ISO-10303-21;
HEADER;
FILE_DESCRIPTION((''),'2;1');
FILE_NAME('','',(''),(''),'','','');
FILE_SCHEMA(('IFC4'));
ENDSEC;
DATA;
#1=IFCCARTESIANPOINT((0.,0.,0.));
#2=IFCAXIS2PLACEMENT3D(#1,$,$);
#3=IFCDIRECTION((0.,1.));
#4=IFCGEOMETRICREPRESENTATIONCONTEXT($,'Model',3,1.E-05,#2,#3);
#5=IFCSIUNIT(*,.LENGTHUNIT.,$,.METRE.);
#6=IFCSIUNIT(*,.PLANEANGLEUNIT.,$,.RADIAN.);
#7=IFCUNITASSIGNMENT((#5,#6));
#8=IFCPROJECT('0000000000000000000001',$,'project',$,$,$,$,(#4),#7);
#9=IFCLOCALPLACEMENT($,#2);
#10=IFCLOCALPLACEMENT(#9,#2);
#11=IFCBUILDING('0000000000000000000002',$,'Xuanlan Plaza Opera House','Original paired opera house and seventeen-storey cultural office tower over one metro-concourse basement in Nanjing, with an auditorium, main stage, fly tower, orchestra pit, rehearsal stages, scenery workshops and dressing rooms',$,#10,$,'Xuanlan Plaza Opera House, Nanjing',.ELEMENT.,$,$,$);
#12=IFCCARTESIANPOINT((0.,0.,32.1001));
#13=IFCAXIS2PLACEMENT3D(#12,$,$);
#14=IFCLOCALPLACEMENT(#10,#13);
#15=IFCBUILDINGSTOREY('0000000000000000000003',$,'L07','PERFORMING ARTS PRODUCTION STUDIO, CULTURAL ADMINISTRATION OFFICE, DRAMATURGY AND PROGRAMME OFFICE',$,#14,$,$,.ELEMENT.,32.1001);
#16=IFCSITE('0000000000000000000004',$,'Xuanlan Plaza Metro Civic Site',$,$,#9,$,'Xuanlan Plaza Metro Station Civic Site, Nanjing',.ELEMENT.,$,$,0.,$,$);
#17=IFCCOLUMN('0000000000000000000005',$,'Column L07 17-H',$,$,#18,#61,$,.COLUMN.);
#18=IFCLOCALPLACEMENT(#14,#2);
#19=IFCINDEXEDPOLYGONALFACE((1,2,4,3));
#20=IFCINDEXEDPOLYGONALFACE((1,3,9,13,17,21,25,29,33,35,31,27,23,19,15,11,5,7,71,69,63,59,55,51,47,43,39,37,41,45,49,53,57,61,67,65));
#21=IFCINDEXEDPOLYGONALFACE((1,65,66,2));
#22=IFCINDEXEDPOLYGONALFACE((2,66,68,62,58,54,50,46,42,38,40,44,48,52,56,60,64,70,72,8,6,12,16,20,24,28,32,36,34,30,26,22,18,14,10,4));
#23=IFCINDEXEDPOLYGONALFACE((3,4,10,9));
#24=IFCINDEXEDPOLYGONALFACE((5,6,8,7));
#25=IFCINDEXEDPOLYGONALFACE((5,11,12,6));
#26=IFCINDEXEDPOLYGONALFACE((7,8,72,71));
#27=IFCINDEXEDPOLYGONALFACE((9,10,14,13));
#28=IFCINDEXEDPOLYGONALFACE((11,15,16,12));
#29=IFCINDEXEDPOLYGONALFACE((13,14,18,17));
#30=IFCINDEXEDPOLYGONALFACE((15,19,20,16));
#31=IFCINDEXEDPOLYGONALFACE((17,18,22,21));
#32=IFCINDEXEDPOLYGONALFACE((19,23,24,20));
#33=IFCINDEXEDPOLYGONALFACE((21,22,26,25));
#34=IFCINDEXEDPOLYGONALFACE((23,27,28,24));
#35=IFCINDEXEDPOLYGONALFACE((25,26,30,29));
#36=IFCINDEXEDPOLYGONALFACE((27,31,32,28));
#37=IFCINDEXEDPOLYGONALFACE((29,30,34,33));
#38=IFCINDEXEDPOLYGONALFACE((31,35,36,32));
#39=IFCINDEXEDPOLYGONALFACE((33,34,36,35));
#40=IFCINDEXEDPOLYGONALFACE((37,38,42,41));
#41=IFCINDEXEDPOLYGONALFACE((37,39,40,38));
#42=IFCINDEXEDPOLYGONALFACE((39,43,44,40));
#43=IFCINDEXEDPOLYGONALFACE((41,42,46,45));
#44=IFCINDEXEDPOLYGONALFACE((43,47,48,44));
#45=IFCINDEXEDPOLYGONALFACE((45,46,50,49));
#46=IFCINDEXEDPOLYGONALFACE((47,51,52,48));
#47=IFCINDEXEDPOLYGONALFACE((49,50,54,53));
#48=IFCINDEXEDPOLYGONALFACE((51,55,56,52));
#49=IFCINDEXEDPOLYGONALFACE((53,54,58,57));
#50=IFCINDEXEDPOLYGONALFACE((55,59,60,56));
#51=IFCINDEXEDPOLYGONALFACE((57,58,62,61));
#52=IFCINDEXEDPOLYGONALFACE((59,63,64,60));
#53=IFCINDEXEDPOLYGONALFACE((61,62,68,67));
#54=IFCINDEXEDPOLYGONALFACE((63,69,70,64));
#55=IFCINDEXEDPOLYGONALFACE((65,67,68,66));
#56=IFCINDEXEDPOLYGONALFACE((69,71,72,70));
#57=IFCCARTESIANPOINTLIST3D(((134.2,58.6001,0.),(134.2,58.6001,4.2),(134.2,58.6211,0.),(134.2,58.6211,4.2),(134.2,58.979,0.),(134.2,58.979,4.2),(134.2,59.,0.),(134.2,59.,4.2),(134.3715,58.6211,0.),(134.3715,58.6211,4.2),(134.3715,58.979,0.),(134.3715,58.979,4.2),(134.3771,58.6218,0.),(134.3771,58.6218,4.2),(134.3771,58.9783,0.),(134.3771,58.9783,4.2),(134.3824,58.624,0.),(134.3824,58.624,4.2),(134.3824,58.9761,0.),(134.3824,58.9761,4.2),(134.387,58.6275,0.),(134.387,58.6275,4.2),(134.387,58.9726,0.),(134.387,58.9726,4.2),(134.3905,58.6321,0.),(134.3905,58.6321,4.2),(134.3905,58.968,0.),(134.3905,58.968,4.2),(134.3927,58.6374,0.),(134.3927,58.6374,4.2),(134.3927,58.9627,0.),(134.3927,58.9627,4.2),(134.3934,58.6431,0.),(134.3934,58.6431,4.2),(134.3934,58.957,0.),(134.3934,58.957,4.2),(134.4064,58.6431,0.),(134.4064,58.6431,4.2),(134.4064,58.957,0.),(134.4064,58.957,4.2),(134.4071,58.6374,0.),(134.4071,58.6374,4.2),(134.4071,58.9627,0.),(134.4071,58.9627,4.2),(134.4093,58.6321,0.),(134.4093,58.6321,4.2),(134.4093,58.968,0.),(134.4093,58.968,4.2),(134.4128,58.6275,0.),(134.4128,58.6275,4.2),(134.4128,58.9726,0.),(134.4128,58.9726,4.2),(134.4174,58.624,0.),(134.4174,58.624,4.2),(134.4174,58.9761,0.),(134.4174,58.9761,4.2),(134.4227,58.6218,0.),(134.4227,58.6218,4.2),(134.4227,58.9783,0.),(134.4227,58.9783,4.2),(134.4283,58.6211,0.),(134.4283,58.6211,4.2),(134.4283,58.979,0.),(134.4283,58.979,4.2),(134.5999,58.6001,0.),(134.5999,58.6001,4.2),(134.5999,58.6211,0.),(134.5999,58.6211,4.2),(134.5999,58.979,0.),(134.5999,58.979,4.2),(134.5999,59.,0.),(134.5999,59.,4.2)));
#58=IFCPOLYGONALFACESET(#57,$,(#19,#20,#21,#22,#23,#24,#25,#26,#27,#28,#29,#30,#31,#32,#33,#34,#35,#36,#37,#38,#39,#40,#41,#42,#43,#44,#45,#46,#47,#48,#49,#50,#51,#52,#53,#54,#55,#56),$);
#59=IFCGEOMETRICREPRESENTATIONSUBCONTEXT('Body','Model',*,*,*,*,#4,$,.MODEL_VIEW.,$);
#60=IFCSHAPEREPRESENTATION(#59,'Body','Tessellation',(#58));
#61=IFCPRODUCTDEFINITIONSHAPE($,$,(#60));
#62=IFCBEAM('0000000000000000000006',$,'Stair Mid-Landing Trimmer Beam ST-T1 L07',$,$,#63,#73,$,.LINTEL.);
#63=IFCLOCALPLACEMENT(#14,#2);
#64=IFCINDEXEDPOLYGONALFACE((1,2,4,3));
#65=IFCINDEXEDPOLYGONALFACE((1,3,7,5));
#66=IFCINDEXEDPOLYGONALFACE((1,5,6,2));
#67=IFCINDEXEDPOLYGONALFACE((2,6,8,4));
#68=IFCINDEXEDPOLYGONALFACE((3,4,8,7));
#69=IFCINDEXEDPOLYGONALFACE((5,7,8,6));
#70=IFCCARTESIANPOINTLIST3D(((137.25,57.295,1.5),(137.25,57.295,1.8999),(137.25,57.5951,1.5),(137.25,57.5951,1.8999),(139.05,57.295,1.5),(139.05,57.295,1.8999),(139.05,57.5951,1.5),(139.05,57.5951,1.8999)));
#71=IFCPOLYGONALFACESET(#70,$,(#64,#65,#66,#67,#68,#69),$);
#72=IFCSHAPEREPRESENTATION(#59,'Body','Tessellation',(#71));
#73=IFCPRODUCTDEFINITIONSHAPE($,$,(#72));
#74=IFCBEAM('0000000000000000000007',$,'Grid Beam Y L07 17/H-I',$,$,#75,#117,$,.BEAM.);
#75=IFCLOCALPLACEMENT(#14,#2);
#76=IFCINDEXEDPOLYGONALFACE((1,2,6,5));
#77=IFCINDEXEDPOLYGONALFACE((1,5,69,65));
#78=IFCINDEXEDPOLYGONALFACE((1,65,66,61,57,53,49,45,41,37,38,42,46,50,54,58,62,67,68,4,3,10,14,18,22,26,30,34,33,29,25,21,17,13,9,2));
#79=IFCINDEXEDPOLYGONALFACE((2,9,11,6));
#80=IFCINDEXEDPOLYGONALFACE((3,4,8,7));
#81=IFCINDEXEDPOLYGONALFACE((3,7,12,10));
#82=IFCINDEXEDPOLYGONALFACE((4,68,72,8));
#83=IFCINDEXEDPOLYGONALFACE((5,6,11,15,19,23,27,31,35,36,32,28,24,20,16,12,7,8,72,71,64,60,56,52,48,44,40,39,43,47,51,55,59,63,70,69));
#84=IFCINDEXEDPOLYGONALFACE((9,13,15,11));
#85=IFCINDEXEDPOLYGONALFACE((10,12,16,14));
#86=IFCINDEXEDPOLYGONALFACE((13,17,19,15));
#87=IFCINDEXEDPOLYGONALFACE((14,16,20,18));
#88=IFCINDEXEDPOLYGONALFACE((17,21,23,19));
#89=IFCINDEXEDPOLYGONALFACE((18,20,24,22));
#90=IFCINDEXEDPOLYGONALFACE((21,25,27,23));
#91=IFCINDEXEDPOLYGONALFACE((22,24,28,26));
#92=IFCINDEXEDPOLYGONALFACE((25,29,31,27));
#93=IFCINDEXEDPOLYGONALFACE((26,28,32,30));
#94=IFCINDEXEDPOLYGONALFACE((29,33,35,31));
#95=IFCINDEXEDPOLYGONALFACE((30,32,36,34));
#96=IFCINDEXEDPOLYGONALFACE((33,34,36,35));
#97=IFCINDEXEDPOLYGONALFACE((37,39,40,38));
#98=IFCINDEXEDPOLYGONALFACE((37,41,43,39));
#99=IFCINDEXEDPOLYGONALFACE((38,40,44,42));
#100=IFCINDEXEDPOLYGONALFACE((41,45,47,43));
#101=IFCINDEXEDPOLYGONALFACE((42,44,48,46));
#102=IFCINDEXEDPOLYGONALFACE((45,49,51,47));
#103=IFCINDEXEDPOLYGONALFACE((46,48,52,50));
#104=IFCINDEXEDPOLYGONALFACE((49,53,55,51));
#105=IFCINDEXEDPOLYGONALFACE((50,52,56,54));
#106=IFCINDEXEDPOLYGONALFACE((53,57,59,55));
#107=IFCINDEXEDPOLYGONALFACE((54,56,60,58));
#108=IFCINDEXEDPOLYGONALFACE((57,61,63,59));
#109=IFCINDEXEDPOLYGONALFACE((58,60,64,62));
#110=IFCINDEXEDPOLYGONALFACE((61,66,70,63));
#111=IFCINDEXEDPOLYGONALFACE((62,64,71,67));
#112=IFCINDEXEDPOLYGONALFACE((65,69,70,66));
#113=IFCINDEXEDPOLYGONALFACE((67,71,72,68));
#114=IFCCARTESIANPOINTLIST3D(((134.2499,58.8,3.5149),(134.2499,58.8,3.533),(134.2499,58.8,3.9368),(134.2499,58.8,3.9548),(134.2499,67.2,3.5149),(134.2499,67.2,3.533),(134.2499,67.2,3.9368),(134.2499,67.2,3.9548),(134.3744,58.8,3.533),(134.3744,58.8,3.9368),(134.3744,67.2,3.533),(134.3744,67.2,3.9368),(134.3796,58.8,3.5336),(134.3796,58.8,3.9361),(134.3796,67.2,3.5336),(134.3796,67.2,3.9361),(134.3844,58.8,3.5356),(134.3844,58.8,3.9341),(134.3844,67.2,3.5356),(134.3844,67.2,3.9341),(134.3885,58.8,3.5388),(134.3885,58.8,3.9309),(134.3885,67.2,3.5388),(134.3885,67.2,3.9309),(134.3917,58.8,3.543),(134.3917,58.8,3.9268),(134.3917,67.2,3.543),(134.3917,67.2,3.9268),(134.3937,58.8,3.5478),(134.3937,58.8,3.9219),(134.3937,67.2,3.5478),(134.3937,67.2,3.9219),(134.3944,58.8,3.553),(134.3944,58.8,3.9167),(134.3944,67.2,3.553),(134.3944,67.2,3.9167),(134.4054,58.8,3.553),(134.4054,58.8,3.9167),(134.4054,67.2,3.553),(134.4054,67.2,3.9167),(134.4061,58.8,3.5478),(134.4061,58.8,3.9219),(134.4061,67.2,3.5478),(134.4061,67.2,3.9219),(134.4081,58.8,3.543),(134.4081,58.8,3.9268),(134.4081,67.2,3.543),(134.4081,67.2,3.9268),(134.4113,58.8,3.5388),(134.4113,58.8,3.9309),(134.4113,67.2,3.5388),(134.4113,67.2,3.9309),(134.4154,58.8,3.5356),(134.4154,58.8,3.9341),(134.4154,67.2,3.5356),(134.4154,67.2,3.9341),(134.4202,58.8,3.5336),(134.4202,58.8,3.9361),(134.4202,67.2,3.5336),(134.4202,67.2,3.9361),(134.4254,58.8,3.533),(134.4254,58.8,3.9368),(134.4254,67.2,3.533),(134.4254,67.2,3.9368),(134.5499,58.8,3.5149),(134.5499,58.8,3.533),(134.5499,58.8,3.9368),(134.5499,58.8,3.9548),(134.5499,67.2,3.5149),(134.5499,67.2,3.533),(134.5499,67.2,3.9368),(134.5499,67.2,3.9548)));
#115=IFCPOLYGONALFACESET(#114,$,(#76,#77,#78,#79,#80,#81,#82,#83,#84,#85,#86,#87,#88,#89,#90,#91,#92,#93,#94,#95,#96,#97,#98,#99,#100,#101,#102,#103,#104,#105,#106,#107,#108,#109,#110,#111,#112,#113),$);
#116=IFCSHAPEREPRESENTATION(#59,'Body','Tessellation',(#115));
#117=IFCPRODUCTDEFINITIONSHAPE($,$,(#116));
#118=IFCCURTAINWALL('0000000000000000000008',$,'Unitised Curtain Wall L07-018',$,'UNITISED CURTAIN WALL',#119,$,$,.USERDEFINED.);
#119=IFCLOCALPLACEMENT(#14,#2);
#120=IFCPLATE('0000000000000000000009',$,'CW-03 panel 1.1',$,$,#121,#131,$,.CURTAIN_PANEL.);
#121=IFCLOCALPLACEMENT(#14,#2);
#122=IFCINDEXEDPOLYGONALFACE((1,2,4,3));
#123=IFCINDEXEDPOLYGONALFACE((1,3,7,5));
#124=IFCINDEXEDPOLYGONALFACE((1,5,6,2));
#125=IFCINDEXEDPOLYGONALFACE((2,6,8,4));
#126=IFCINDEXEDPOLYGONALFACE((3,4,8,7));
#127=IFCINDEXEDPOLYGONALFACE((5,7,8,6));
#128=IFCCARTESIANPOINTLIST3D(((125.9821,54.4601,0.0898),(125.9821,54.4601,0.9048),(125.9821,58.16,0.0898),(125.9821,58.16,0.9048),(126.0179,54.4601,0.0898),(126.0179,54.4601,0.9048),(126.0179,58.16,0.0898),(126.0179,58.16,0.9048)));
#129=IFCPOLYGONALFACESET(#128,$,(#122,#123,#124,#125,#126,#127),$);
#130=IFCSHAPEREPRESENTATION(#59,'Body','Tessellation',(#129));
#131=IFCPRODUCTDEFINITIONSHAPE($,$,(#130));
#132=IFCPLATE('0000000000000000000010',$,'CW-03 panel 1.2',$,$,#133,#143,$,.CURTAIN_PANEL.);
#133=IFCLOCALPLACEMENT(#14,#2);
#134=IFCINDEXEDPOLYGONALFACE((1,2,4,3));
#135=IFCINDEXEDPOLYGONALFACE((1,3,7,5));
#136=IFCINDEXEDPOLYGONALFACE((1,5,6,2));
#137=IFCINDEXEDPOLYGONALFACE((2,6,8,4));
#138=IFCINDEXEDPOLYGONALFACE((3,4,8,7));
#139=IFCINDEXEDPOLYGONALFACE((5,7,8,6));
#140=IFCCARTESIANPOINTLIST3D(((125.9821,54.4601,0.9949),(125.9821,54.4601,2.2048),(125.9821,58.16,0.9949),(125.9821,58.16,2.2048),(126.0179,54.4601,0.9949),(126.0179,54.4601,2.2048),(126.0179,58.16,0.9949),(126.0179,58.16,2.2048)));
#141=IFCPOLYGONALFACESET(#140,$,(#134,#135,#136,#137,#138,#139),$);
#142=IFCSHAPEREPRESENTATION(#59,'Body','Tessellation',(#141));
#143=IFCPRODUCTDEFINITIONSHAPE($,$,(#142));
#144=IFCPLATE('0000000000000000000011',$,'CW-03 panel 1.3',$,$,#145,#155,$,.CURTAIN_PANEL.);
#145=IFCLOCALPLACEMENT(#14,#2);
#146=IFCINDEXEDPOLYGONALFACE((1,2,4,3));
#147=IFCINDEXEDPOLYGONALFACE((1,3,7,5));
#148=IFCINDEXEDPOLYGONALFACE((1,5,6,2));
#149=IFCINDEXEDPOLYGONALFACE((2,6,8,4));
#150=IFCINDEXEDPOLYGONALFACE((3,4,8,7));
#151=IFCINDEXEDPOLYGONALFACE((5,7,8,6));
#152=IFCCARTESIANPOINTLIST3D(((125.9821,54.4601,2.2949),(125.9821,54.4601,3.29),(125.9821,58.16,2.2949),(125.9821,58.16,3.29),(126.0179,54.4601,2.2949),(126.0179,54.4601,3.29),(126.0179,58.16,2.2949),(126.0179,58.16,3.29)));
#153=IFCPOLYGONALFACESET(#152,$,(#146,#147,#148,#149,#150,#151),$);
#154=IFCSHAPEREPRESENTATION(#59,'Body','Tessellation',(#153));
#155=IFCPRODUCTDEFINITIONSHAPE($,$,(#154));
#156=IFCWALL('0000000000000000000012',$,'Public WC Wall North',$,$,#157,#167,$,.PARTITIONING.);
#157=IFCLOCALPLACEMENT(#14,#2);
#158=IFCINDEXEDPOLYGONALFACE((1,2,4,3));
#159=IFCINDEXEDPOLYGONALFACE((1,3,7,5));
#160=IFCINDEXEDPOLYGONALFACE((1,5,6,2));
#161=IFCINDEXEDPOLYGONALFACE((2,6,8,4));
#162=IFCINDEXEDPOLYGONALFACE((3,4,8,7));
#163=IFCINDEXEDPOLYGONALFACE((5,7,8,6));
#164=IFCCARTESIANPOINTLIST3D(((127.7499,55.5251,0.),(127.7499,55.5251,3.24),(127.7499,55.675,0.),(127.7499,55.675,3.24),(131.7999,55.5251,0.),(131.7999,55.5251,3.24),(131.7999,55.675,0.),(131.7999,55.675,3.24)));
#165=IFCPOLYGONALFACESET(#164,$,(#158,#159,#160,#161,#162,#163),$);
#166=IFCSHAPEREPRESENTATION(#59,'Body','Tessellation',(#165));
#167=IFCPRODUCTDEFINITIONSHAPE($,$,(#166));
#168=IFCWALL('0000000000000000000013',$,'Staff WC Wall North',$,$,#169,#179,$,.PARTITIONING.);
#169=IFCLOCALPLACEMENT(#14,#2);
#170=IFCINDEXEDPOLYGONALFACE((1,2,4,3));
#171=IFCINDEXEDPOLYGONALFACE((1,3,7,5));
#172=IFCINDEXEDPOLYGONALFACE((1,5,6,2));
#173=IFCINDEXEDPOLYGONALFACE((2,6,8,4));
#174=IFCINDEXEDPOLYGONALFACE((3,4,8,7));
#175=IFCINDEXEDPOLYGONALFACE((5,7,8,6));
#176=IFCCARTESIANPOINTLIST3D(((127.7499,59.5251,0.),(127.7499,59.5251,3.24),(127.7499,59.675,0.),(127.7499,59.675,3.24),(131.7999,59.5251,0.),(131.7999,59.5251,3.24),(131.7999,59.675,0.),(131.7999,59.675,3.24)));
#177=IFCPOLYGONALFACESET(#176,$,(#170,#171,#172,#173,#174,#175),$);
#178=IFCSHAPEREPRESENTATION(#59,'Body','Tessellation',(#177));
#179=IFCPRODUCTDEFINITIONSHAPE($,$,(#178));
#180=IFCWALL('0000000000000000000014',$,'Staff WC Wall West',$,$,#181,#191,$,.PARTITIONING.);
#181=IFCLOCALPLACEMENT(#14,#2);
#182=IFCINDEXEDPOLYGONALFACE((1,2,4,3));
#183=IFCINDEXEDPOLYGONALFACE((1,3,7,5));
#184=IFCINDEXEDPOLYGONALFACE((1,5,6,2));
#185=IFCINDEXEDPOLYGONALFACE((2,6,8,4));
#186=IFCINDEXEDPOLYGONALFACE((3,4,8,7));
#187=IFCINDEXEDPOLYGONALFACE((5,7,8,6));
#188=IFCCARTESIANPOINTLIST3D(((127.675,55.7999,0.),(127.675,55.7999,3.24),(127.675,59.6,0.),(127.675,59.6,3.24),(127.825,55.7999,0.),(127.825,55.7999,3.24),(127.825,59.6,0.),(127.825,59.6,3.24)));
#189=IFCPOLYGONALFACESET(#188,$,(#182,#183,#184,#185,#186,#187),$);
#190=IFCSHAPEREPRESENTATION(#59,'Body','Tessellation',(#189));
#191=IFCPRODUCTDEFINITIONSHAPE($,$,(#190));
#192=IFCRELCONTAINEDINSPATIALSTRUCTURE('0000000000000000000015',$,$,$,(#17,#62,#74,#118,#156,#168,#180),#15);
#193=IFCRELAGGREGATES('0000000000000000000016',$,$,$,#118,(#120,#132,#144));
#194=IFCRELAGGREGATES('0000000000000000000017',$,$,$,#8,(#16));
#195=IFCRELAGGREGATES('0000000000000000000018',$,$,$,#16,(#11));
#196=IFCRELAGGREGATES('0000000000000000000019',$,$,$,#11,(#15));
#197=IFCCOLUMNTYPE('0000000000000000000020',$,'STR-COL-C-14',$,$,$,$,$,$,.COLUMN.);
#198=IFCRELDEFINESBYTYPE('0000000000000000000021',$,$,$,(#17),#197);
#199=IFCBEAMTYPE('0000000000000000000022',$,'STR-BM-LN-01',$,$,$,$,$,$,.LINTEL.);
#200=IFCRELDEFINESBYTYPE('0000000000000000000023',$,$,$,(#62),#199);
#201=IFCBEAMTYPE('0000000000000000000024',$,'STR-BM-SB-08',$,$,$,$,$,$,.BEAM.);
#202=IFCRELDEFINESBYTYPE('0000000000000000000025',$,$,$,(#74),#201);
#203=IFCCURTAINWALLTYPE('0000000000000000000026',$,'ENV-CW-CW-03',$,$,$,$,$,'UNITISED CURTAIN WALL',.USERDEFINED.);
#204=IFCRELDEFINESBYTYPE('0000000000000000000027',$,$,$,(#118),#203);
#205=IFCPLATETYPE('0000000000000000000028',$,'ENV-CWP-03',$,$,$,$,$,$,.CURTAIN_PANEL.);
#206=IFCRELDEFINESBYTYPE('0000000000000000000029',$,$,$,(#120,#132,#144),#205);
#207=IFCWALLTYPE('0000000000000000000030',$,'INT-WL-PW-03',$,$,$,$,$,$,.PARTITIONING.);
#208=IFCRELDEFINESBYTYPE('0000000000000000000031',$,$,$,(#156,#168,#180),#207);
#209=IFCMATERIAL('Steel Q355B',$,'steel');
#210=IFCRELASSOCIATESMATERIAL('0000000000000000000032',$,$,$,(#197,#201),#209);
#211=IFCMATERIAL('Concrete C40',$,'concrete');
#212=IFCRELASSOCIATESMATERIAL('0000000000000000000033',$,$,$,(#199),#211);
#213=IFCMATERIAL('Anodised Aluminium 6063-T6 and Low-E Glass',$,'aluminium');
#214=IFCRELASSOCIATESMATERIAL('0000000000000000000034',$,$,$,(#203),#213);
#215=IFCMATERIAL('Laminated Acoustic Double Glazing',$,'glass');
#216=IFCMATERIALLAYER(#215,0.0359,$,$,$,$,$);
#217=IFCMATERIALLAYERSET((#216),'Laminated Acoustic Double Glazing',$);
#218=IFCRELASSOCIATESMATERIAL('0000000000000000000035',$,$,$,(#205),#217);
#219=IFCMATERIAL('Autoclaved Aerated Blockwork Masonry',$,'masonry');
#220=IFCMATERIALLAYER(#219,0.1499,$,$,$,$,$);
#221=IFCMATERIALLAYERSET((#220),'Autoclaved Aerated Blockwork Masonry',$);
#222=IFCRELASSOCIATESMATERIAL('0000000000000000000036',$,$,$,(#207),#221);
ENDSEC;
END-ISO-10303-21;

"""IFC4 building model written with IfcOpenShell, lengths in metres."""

from ifc_helpers import new_model, si_unit, direction, frame, frame_2d, origin, origin_2d, place, context, subcontext, project, spatial, rectangle, i_section, extrude, material, layer, layer_set, material_profile, profile_set, type_object, element, aggregate, save


model = new_model("IFC4")

# Units and contexts
model_context = context("Model", 3, precision=1e-05, world=origin(), true_north=direction((0.0, 1.0)))
body_context = subcontext(model_context, "Body", "Model", "MODEL_VIEW")
ifc_project = project(units=[si_unit("LENGTHUNIT", "METRE"), si_unit("PLANEANGLEUNIT", "RADIAN")], contexts=[model_context])

# Site, building, storey
site_placement = place(None, origin())
site = spatial("IfcSite", under=ifc_project, at=site_placement, Name="Xuanlan Plaza Metro Civic Site", LongName="Xuanlan Plaza Metro Station Civic Site, Nanjing", CompositionType="ELEMENT", RefElevation=0.0)
building_placement = place(site_placement, origin())
building = spatial("IfcBuilding", under=site, at=building_placement, Name="Xuanlan Plaza Opera House", Description="Original paired opera house and seventeen-storey cultural office tower over one metro-concourse basement in Nanjing, with an auditorium, main stage, fly tower, orchestra pit, rehearsal stages, scenery workshops and dressing rooms", LongName="Xuanlan Plaza Opera House, Nanjing", CompositionType="ELEMENT")
storey_placement = place(building_placement, frame((0.0, 0.0, 32.1001)))
storey = spatial("IfcBuildingStorey", under=building, at=storey_placement, Name="L07", Description="PERFORMING ARTS PRODUCTION STUDIO, CULTURAL ADMINISTRATION OFFICE, DRAMATURGY AND PROGRAMME OFFICE", CompositionType="ELEMENT", Elevation=32.1001)

# Column
ifc_material_1 = material(Name="Steel Q355B", Category="steel")
ifc_material_profile_1 = material_profile(ifc_material_1, i_section(OverallWidth=0.3999, OverallDepth=0.3999, WebThickness=0.0129, FlangeThickness=0.021, FilletRadius=0.022, at=origin_2d()), Name="HW 400x400x13x21")
ifc_profile_set_1 = profile_set([ifc_material_profile_1], Name="Steel Q355B")
column_type = type_object("IfcColumnType", Name="STR-COL-C-14", PredefinedType="COLUMN", material=ifc_profile_set_1)
column_placement = place(storey_placement, frame((134.3999, 58.8, 0.0), z_axis=(0.0, 0.0, 1.0), x_axis=(1.0, 0.0, 0.0)))
element("IfcColumn", 1, at=column_placement, inside=storey, type_object=column_type, Name="Column L07 17-H", PredefinedType="COLUMN", context=body_context, shape_type="SweptSolid", body=[
    extrude(i_section(OverallWidth=0.3999, OverallDepth=0.3999, WebThickness=0.0129, FlangeThickness=0.021, FilletRadius=0.022, at=origin_2d()), origin(), (0.0, 0.0, 1.0), 4.2),
])

# Beams
ifc_material_2 = material(Name="Concrete C40", Category="concrete")
ifc_material_profile_2 = material_profile(ifc_material_2, rectangle(XDim=0.3, YDim=0.3999, at=origin_2d()), Name="RC-LNT 300x400")
ifc_profile_set_2 = profile_set([ifc_material_profile_2], Name="Concrete C40")
beam_type_1 = type_object("IfcBeamType", Name="STR-BM-LN-01", PredefinedType="LINTEL", material=ifc_profile_set_2)
beam_1_placement = place(storey_placement, frame((137.25, 57.4451, 1.7), z_axis=(1.0, 0.0, 0.0), x_axis=(0.0, 1.0, 0.0)))
element("IfcBeam", 2, at=beam_1_placement, inside=storey, type_object=beam_type_1, Name="Stair Mid-Landing Trimmer Beam ST-T1 L07", PredefinedType="LINTEL", context=body_context, shape_type="SweptSolid", body=[
    extrude(rectangle(XDim=0.3, YDim=0.3999, at=origin_2d()), origin(), (0.0, 0.0, 1.0), 1.8),
])
ifc_material_profile_3 = material_profile(ifc_material_1, i_section(OverallWidth=0.3, OverallDepth=0.4399, WebThickness=0.011, FlangeThickness=0.0181, FilletRadius=0.02, at=origin_2d()), Name="HM 440x300x11x18")
ifc_profile_set_3 = profile_set([ifc_material_profile_3], Name="Steel Q355B")
beam_type_2 = type_object("IfcBeamType", Name="STR-BM-SB-08", PredefinedType="BEAM", material=ifc_profile_set_3)
beam_2_placement = place(storey_placement, frame((134.3999, 58.8, 3.7349), z_axis=(0.0, 1.0, 0.0), x_axis=(-1.0, 0.0, 0.0)))
element("IfcBeam", 3, at=beam_2_placement, inside=storey, type_object=beam_type_2, Name="Grid Beam Y L07 17/H-I", PredefinedType="BEAM", context=body_context, shape_type="SweptSolid", body=[
    extrude(i_section(OverallWidth=0.3, OverallDepth=0.4399, WebThickness=0.011, FlangeThickness=0.0181, FilletRadius=0.02, at=origin_2d()), origin(), (0.0, 0.0, 1.0), 8.3999),
])

# Curtain wall, plates
ifc_material_3 = material(Name="Anodised Aluminium 6063-T6 and Low-E Glass", Category="aluminium")
curtain_wall_type = type_object("IfcCurtainWallType", Name="ENV-CW-CW-03", ElementType="UNITISED CURTAIN WALL", PredefinedType="USERDEFINED", material=ifc_material_3)
curtain_wall_placement = place(storey_placement, origin())
curtain_wall = element("IfcCurtainWall", 4, at=curtain_wall_placement, inside=storey, type_object=curtain_wall_type, Name="Unitised Curtain Wall L07-018", ObjectType="UNITISED CURTAIN WALL", PredefinedType="USERDEFINED")
ifc_material_4 = material(Name="Laminated Acoustic Double Glazing", Category="glass")
ifc_layer_1 = layer(ifc_material_4, 0.0359)
ifc_layer_set_1 = layer_set([ifc_layer_1], Name="Laminated Acoustic Double Glazing")
plate_type = type_object("IfcPlateType", Name="ENV-CWP-03", PredefinedType="CURTAIN_PANEL", material=ifc_layer_set_1)
plate_1_placement = place(storey_placement, frame((126.0, 56.3101, 0.0898), z_axis=(0.0, 0.0, 1.0), x_axis=(0.0, -1.0, 0.0)))
plate_1 = element("IfcPlate", 5, at=plate_1_placement, type_object=plate_type, Name="CW-03 panel 1.1", PredefinedType="CURTAIN_PANEL", context=body_context, shape_type="SweptSolid", body=[
    extrude(rectangle(XDim=3.7, YDim=0.0359, at=origin_2d()), origin(), (0.0, 0.0, 1.0), 0.8149),
])
plate_2_placement = place(storey_placement, frame((126.0, 56.3101, 0.9949), z_axis=(0.0, 0.0, 1.0), x_axis=(0.0, -1.0, 0.0)))
plate_2 = element("IfcPlate", 6, at=plate_2_placement, type_object=plate_type, Name="CW-03 panel 1.2", PredefinedType="CURTAIN_PANEL", context=body_context, shape_type="SweptSolid", body=[
    extrude(rectangle(XDim=3.7, YDim=0.0359, at=origin_2d()), origin(), (0.0, 0.0, 1.0), 1.21),
])
plate_3_placement = place(storey_placement, frame((126.0, 56.3101, 2.2949), z_axis=(0.0, 0.0, 1.0), x_axis=(0.0, -1.0, 0.0)))
plate_3 = element("IfcPlate", 7, at=plate_3_placement, type_object=plate_type, Name="CW-03 panel 1.3", PredefinedType="CURTAIN_PANEL", context=body_context, shape_type="SweptSolid", body=[
    extrude(rectangle(XDim=3.7, YDim=0.0359, at=origin_2d()), origin(), (0.0, 0.0, 1.0), 0.9951),
])
aggregate(curtain_wall, [plate_1, plate_2, plate_3])

# Walls
ifc_material_5 = material(Name="Autoclaved Aerated Blockwork Masonry", Category="masonry")
ifc_layer_2 = layer(ifc_material_5, 0.1499)
ifc_layer_set_2 = layer_set([ifc_layer_2], Name="Autoclaved Aerated Blockwork Masonry")
wall_type_1 = type_object("IfcWallType", Name="INT-WL-PW-03", PredefinedType="PARTITIONING", material=ifc_layer_set_2)
for number, where, z_axis, x_axis, name in (
    (8, (127.75, 55.6001, 0.0), (0.0, 0.0, 1.0), (1.0, 0.0, 0.0), "Public WC Wall North"),
    (9, (127.75, 59.6001, 0.0), (0.0, 0.0, 1.0), (1.0, 0.0, 0.0), "Staff WC Wall North"),
):
    element("IfcWall", number, at=place(storey_placement, frame(where, z_axis=z_axis, x_axis=x_axis)), inside=storey, type_object=wall_type_1, Name=name, PredefinedType="PARTITIONING", context=body_context, shape_type="SweptSolid", body=[
        extrude(rectangle(XDim=4.05, YDim=0.1499, at=frame_2d((2.0249, 0.0))), origin(), (0.0, 0.0, 1.0), 3.24),
    ])
wall_1_placement = place(storey_placement, frame((127.75, 55.8, 0.0), z_axis=(0.0, 0.0, 1.0), x_axis=(0.0, 1.0, 0.0)))
element("IfcWall", 10, at=wall_1_placement, inside=storey, type_object=wall_type_1, Name="Staff WC Wall West", PredefinedType="PARTITIONING", context=body_context, shape_type="SweptSolid", body=[
    extrude(rectangle(XDim=3.8, YDim=0.1499, at=frame_2d((1.8999, 0.0))), origin(), (0.0, 0.0, 1.0), 3.24),
])

save(model, "model.ifc")
